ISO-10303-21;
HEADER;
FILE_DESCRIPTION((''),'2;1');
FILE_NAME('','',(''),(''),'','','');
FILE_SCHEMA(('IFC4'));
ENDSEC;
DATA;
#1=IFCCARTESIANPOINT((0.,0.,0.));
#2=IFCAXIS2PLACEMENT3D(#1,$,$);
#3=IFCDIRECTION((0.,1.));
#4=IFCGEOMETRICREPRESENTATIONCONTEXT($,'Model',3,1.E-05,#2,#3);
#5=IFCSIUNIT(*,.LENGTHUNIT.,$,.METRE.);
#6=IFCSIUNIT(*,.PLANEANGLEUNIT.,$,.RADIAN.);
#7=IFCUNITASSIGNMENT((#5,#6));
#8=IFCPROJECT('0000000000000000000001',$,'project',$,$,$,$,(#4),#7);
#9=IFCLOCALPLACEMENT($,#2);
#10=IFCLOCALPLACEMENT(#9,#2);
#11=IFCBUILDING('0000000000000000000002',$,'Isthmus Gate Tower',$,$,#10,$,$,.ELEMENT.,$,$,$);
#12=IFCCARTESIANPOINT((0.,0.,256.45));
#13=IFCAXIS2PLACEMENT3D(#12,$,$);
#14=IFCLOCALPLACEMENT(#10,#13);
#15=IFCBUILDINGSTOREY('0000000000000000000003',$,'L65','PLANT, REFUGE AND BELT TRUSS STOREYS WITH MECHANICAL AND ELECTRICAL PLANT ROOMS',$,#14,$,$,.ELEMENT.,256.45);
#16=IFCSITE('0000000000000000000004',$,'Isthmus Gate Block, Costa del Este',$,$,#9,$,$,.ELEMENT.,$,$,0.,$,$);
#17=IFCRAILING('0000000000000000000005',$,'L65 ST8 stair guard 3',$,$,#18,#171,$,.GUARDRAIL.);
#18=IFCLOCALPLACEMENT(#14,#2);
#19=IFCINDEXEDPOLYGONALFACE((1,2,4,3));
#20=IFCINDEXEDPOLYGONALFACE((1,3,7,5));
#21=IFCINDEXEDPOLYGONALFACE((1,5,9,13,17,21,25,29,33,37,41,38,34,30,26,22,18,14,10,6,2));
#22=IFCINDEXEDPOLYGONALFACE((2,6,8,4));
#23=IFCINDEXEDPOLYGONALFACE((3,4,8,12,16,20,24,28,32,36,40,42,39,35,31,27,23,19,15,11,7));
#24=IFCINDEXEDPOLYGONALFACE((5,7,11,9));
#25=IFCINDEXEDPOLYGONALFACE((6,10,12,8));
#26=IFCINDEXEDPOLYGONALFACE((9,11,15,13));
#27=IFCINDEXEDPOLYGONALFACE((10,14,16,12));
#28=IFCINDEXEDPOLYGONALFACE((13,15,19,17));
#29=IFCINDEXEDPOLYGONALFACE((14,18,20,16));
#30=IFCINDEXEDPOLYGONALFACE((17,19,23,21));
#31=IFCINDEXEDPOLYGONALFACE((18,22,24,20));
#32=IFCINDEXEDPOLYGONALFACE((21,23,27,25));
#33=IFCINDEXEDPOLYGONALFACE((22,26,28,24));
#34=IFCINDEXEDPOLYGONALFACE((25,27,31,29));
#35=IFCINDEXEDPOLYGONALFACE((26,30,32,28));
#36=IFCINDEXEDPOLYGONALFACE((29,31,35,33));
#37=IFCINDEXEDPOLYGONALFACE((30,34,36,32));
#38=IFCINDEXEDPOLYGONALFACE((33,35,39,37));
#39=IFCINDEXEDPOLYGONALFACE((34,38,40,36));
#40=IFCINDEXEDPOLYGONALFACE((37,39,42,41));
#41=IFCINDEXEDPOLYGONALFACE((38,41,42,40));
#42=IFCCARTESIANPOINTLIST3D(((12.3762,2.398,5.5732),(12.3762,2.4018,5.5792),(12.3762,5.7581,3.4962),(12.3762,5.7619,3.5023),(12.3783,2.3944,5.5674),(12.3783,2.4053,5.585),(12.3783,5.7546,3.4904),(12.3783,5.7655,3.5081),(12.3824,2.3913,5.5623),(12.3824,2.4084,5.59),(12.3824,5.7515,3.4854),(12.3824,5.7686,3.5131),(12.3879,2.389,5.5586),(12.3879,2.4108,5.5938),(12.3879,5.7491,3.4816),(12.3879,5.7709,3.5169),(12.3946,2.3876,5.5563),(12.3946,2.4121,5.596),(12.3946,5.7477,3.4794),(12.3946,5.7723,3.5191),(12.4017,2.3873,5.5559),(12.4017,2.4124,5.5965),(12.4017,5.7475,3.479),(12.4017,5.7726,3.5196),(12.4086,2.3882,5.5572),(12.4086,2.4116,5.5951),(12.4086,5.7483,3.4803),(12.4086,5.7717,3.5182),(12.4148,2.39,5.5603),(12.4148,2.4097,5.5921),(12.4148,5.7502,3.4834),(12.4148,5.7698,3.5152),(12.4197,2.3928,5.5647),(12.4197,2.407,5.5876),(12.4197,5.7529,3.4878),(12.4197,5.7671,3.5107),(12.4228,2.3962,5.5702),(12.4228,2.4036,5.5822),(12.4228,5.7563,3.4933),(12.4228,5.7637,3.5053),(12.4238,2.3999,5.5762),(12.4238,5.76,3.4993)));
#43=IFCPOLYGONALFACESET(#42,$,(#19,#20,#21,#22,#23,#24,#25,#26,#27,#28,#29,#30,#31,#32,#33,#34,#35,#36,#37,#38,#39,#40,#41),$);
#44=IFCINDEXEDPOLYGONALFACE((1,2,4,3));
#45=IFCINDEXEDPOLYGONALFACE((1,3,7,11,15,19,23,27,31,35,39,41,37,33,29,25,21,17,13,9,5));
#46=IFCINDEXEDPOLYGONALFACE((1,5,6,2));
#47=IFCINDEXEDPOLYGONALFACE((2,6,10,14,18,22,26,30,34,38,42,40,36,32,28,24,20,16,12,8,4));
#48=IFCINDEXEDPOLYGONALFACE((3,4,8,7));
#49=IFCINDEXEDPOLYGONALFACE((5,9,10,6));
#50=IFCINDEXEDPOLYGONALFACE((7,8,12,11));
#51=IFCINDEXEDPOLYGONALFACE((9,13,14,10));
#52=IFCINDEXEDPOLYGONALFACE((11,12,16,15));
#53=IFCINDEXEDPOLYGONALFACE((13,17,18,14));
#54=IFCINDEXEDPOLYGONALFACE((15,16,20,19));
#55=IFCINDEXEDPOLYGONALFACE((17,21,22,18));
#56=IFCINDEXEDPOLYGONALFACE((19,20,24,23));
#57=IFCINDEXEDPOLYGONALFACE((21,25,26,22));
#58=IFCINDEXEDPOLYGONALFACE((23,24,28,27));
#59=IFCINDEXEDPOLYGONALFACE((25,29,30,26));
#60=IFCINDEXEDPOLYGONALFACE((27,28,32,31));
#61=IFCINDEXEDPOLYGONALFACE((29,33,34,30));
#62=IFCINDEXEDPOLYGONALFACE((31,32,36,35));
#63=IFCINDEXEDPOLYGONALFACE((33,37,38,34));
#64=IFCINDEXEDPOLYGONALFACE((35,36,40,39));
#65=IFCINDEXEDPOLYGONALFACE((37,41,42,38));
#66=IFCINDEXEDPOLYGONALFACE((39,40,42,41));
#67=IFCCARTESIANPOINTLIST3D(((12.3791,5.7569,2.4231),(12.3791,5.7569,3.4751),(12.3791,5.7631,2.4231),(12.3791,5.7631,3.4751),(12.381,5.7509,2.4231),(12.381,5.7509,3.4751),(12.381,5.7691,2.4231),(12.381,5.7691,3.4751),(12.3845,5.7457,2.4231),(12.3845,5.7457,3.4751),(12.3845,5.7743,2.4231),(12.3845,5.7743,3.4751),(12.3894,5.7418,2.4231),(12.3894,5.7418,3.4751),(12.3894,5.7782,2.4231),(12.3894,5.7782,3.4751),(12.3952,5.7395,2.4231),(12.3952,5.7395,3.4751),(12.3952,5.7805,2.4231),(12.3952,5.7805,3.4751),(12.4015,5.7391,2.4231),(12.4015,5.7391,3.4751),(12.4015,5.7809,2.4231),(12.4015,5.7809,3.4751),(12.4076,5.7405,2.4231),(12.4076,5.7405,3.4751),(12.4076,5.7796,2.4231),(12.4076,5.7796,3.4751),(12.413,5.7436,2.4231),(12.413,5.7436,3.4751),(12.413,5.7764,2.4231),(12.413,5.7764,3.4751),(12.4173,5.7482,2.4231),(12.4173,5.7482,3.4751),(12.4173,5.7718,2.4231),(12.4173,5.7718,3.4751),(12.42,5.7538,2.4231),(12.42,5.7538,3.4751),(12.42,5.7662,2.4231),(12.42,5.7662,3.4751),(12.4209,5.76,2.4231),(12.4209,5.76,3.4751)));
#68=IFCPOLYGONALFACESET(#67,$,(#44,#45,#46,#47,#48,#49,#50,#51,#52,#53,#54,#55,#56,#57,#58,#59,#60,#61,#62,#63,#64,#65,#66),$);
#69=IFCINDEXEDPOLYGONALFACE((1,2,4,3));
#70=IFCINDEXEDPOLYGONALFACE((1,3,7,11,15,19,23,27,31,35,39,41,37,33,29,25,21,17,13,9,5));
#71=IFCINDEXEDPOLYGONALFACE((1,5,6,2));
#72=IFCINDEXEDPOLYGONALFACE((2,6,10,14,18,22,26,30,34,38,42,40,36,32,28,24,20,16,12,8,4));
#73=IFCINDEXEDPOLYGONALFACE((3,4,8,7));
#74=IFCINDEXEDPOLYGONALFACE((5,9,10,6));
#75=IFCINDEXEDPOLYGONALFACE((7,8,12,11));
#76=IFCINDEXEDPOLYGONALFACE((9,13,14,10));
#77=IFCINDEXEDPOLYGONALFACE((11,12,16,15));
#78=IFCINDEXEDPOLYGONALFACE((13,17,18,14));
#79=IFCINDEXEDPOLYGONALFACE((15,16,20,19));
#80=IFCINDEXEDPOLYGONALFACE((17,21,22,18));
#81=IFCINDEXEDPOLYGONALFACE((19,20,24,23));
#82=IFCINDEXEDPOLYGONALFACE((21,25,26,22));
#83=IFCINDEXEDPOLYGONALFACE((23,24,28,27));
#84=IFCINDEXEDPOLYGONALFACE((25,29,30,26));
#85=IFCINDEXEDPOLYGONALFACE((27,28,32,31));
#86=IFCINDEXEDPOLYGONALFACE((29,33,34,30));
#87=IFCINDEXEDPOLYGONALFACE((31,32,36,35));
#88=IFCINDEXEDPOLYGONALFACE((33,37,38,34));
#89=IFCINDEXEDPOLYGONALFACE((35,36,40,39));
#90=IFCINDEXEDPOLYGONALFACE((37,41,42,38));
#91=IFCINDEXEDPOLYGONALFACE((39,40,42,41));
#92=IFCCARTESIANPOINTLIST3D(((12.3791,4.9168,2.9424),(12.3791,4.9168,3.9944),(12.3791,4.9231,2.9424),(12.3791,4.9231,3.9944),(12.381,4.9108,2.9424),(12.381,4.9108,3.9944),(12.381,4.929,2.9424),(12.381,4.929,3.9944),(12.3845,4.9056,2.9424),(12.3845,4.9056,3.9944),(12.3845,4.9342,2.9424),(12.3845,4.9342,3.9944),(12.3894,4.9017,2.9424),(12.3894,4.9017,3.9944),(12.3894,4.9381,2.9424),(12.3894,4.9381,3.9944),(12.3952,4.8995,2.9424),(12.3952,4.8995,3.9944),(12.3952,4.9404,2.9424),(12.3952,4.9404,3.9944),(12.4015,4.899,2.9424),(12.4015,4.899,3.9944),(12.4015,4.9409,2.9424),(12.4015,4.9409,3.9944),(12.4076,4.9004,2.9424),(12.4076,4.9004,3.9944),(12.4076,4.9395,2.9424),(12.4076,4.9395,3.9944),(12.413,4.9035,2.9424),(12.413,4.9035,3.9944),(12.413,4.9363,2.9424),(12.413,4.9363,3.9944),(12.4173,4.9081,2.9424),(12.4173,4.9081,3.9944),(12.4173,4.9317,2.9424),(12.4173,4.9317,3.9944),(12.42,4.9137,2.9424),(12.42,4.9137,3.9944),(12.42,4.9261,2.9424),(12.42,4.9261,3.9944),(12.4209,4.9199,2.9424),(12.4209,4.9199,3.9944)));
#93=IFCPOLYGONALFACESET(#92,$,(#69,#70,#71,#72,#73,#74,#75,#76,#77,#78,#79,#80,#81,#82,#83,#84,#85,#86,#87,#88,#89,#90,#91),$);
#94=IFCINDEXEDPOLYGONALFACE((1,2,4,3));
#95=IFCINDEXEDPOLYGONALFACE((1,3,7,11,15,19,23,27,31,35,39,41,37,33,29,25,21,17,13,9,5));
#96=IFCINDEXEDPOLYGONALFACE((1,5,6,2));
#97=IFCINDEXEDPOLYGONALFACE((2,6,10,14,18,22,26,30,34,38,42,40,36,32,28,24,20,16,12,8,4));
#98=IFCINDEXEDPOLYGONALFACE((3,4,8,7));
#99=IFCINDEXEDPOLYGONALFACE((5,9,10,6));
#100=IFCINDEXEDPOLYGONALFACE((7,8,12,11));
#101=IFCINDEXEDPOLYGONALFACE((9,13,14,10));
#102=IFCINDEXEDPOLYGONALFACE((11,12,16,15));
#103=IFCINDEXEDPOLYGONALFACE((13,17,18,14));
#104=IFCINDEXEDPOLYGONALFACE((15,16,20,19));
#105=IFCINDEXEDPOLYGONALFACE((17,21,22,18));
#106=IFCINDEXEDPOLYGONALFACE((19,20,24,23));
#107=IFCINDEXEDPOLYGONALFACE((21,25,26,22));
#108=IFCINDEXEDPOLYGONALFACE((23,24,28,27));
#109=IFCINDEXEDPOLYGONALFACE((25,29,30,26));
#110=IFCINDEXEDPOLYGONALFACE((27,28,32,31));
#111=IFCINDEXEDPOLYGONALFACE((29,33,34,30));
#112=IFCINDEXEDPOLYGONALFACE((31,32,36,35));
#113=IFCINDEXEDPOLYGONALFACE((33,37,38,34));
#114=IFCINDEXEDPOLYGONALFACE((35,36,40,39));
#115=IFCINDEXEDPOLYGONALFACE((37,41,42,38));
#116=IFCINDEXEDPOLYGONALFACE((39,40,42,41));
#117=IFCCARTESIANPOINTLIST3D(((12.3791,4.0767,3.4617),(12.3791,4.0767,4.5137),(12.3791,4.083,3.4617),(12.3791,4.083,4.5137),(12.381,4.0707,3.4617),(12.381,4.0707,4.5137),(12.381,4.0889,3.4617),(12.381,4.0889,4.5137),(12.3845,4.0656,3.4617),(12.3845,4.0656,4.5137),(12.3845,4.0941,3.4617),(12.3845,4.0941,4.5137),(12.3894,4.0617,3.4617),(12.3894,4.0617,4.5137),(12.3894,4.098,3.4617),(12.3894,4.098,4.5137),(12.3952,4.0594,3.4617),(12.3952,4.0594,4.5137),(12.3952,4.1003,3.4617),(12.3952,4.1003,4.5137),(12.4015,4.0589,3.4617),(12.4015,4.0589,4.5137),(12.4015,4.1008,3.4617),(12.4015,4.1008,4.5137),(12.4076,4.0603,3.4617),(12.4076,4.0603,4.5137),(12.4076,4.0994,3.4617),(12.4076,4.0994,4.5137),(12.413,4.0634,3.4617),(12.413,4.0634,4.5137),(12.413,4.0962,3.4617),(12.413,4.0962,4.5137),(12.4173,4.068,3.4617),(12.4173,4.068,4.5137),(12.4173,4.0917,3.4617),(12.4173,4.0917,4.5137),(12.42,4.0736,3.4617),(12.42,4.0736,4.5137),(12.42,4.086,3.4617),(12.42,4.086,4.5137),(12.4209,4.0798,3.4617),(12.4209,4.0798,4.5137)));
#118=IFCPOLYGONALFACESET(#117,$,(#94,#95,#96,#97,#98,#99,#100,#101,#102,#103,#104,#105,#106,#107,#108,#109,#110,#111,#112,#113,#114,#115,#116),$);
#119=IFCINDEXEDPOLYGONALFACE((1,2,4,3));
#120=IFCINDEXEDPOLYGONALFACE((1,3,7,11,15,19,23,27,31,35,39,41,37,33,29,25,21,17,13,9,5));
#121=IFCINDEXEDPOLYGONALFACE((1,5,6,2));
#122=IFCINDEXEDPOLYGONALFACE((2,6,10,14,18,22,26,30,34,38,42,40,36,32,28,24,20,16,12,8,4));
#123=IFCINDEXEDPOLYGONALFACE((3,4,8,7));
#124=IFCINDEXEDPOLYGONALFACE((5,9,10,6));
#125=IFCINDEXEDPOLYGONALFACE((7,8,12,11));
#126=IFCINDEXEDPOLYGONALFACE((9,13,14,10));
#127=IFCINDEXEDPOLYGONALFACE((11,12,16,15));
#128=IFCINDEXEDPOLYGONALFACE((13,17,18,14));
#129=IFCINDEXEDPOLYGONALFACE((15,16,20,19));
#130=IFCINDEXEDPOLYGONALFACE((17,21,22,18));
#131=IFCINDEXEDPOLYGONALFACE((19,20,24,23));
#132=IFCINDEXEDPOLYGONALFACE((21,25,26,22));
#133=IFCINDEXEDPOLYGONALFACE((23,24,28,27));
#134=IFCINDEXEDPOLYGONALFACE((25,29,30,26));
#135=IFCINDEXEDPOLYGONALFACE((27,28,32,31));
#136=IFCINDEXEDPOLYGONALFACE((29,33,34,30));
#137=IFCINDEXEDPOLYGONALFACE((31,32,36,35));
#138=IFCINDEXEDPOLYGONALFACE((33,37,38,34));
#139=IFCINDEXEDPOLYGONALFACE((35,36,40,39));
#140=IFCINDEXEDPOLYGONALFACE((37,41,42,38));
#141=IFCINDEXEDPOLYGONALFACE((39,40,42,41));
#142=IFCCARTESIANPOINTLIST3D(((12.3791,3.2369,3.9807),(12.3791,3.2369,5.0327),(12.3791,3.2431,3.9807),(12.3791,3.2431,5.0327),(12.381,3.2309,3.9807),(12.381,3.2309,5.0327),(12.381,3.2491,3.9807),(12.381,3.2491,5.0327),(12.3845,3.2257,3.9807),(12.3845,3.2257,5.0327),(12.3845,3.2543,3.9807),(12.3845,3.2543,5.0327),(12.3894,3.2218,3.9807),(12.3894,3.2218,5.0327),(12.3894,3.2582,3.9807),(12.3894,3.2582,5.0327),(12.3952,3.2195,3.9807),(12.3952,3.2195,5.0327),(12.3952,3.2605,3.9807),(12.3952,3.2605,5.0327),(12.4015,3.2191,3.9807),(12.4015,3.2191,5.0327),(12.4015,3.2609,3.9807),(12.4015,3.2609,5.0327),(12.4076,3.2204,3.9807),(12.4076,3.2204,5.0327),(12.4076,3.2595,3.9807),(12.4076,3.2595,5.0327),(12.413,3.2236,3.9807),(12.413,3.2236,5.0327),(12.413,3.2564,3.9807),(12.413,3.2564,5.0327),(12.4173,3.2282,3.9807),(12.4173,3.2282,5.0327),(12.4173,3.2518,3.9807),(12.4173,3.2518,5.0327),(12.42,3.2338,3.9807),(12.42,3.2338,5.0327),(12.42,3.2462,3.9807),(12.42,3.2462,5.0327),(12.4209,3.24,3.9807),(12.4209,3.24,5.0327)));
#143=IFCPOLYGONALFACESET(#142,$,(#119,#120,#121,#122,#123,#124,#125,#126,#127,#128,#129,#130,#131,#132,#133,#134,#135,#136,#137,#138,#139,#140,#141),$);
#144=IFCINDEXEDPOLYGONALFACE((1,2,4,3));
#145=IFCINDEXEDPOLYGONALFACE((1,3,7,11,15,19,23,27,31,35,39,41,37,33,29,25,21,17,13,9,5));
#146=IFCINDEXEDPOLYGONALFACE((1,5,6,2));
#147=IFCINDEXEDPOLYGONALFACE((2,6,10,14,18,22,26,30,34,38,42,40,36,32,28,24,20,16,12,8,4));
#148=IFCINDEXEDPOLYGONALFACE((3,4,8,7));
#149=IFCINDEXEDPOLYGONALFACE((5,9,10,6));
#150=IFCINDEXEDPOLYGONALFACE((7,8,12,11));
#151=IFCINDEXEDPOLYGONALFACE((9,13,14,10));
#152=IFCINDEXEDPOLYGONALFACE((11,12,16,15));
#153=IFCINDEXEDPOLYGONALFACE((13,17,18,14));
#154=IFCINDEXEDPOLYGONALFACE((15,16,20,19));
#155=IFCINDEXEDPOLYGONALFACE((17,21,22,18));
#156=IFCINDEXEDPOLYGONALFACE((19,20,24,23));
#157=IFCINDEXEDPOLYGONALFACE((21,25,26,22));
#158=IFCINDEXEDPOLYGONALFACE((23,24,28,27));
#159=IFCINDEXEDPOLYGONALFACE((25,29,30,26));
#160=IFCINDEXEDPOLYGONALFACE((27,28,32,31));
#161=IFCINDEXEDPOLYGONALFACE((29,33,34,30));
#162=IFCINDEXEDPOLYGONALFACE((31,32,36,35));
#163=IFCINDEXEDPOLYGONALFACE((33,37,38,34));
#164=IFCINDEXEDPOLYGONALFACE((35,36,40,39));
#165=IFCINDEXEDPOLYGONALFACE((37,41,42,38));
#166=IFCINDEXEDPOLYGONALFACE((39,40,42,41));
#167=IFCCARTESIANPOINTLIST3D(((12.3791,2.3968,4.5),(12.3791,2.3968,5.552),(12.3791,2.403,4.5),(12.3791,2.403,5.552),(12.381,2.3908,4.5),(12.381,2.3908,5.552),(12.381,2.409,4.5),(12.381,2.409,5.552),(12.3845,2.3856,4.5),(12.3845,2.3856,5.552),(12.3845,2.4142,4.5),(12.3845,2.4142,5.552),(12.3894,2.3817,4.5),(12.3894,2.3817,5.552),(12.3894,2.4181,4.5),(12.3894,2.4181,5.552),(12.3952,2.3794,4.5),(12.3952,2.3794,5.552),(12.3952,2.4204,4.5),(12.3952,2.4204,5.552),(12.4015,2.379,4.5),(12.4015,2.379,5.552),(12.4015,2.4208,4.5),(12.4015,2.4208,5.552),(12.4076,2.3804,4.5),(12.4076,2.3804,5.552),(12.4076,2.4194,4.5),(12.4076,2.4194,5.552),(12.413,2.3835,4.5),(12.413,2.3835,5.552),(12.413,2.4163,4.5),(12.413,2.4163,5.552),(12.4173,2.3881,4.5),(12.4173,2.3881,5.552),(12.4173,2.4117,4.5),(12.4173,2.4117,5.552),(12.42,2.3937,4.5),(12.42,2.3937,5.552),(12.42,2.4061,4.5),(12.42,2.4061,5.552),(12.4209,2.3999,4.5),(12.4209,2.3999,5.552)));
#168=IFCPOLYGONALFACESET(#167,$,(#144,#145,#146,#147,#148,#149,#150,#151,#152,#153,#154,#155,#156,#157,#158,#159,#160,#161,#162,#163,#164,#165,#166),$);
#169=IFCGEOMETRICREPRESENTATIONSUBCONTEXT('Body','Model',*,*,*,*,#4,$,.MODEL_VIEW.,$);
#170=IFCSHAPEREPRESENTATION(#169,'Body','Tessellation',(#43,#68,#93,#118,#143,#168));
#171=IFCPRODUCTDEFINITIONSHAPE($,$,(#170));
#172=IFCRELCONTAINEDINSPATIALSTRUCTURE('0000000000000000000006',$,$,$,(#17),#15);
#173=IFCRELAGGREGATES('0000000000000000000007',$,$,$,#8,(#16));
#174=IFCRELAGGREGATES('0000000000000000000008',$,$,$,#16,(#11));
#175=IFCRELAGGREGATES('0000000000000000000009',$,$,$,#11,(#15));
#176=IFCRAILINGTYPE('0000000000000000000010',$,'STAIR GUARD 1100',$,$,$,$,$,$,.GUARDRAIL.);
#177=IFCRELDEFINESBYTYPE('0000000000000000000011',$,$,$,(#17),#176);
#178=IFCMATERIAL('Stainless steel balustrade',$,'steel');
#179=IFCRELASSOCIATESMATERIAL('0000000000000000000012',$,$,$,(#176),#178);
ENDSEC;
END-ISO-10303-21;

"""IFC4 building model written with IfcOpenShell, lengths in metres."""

from ifc_helpers import new_model, si_unit, direction, frame, origin, origin_2d, place, context, subcontext, project, spatial, circle, extrude, material, type_object, element, save


model = new_model("IFC4")

# Units and contexts
model_context = context("Model", 3, precision=1e-05, world=origin(), true_north=direction((0.0, 1.0)))
body_context = subcontext(model_context, "Body", "Model", "MODEL_VIEW")
ifc_project = project(units=[si_unit("LENGTHUNIT", "METRE"), si_unit("PLANEANGLEUNIT", "RADIAN")], contexts=[model_context])

# Site, building, storey
site_placement = place(None, origin())
site = spatial("IfcSite", under=ifc_project, at=site_placement, Name="Isthmus Gate Block, Costa del Este", CompositionType="ELEMENT", RefElevation=0.0)
building_placement = place(site_placement, origin())
building = spatial("IfcBuilding", under=site, at=building_placement, Name="Isthmus Gate Tower", CompositionType="ELEMENT")
storey_placement = place(building_placement, frame((0.0, 0.0, 256.45)))
storey = spatial("IfcBuildingStorey", under=building, at=storey_placement, Name="L65", Description="PLANT, REFUGE AND BELT TRUSS STOREYS WITH MECHANICAL AND ELECTRICAL PLANT ROOMS", CompositionType="ELEMENT", Elevation=256.45)

# Railing
ifc_material_1 = material(Name="Stainless steel balustrade", Category="steel")
railing_type_1 = type_object("IfcRailingType", Name="STAIR GUARD 1100", PredefinedType="GUARDRAIL", material=ifc_material_1)
railing_1_placement = place(storey_placement, frame((12.3999, 5.76, 2.4231)))
element("IfcRailing", 1, at=railing_1_placement, inside=storey, type_object=railing_type_1, Name="L65 ST8 stair guard 3", PredefinedType="GUARDRAIL", context=body_context, shape_type="SweptSolid", body=[
    extrude(circle(Radius=0.0239, at=origin_2d()), frame((0.0, 0.0, 1.0762), z_axis=(0.0, -0.850623, 0.525776), x_axis=(1.0, 0.0, 0.0)), (0.0, 0.0, 1.0), 3.9502),
    extrude(circle(Radius=0.021, at=origin_2d()), origin(), (0.0, 0.0, 1.0), 1.052),
    extrude(circle(Radius=0.021, at=origin_2d()), frame((0.0, -0.8401, 0.5193)), (0.0, 0.0, 1.0), 1.052),
    extrude(circle(Radius=0.021, at=origin_2d()), frame((0.0, -1.6802, 1.0386)), (0.0, 0.0, 1.0), 1.052),
    extrude(circle(Radius=0.021, at=origin_2d()), frame((0.0, -2.52, 1.5576)), (0.0, 0.0, 1.0), 1.052),
    extrude(circle(Radius=0.021, at=origin_2d()), frame((0.0, -3.3601, 2.0769)), (0.0, 0.0, 1.0), 1.052),
])

save(model, "model.ifc")
